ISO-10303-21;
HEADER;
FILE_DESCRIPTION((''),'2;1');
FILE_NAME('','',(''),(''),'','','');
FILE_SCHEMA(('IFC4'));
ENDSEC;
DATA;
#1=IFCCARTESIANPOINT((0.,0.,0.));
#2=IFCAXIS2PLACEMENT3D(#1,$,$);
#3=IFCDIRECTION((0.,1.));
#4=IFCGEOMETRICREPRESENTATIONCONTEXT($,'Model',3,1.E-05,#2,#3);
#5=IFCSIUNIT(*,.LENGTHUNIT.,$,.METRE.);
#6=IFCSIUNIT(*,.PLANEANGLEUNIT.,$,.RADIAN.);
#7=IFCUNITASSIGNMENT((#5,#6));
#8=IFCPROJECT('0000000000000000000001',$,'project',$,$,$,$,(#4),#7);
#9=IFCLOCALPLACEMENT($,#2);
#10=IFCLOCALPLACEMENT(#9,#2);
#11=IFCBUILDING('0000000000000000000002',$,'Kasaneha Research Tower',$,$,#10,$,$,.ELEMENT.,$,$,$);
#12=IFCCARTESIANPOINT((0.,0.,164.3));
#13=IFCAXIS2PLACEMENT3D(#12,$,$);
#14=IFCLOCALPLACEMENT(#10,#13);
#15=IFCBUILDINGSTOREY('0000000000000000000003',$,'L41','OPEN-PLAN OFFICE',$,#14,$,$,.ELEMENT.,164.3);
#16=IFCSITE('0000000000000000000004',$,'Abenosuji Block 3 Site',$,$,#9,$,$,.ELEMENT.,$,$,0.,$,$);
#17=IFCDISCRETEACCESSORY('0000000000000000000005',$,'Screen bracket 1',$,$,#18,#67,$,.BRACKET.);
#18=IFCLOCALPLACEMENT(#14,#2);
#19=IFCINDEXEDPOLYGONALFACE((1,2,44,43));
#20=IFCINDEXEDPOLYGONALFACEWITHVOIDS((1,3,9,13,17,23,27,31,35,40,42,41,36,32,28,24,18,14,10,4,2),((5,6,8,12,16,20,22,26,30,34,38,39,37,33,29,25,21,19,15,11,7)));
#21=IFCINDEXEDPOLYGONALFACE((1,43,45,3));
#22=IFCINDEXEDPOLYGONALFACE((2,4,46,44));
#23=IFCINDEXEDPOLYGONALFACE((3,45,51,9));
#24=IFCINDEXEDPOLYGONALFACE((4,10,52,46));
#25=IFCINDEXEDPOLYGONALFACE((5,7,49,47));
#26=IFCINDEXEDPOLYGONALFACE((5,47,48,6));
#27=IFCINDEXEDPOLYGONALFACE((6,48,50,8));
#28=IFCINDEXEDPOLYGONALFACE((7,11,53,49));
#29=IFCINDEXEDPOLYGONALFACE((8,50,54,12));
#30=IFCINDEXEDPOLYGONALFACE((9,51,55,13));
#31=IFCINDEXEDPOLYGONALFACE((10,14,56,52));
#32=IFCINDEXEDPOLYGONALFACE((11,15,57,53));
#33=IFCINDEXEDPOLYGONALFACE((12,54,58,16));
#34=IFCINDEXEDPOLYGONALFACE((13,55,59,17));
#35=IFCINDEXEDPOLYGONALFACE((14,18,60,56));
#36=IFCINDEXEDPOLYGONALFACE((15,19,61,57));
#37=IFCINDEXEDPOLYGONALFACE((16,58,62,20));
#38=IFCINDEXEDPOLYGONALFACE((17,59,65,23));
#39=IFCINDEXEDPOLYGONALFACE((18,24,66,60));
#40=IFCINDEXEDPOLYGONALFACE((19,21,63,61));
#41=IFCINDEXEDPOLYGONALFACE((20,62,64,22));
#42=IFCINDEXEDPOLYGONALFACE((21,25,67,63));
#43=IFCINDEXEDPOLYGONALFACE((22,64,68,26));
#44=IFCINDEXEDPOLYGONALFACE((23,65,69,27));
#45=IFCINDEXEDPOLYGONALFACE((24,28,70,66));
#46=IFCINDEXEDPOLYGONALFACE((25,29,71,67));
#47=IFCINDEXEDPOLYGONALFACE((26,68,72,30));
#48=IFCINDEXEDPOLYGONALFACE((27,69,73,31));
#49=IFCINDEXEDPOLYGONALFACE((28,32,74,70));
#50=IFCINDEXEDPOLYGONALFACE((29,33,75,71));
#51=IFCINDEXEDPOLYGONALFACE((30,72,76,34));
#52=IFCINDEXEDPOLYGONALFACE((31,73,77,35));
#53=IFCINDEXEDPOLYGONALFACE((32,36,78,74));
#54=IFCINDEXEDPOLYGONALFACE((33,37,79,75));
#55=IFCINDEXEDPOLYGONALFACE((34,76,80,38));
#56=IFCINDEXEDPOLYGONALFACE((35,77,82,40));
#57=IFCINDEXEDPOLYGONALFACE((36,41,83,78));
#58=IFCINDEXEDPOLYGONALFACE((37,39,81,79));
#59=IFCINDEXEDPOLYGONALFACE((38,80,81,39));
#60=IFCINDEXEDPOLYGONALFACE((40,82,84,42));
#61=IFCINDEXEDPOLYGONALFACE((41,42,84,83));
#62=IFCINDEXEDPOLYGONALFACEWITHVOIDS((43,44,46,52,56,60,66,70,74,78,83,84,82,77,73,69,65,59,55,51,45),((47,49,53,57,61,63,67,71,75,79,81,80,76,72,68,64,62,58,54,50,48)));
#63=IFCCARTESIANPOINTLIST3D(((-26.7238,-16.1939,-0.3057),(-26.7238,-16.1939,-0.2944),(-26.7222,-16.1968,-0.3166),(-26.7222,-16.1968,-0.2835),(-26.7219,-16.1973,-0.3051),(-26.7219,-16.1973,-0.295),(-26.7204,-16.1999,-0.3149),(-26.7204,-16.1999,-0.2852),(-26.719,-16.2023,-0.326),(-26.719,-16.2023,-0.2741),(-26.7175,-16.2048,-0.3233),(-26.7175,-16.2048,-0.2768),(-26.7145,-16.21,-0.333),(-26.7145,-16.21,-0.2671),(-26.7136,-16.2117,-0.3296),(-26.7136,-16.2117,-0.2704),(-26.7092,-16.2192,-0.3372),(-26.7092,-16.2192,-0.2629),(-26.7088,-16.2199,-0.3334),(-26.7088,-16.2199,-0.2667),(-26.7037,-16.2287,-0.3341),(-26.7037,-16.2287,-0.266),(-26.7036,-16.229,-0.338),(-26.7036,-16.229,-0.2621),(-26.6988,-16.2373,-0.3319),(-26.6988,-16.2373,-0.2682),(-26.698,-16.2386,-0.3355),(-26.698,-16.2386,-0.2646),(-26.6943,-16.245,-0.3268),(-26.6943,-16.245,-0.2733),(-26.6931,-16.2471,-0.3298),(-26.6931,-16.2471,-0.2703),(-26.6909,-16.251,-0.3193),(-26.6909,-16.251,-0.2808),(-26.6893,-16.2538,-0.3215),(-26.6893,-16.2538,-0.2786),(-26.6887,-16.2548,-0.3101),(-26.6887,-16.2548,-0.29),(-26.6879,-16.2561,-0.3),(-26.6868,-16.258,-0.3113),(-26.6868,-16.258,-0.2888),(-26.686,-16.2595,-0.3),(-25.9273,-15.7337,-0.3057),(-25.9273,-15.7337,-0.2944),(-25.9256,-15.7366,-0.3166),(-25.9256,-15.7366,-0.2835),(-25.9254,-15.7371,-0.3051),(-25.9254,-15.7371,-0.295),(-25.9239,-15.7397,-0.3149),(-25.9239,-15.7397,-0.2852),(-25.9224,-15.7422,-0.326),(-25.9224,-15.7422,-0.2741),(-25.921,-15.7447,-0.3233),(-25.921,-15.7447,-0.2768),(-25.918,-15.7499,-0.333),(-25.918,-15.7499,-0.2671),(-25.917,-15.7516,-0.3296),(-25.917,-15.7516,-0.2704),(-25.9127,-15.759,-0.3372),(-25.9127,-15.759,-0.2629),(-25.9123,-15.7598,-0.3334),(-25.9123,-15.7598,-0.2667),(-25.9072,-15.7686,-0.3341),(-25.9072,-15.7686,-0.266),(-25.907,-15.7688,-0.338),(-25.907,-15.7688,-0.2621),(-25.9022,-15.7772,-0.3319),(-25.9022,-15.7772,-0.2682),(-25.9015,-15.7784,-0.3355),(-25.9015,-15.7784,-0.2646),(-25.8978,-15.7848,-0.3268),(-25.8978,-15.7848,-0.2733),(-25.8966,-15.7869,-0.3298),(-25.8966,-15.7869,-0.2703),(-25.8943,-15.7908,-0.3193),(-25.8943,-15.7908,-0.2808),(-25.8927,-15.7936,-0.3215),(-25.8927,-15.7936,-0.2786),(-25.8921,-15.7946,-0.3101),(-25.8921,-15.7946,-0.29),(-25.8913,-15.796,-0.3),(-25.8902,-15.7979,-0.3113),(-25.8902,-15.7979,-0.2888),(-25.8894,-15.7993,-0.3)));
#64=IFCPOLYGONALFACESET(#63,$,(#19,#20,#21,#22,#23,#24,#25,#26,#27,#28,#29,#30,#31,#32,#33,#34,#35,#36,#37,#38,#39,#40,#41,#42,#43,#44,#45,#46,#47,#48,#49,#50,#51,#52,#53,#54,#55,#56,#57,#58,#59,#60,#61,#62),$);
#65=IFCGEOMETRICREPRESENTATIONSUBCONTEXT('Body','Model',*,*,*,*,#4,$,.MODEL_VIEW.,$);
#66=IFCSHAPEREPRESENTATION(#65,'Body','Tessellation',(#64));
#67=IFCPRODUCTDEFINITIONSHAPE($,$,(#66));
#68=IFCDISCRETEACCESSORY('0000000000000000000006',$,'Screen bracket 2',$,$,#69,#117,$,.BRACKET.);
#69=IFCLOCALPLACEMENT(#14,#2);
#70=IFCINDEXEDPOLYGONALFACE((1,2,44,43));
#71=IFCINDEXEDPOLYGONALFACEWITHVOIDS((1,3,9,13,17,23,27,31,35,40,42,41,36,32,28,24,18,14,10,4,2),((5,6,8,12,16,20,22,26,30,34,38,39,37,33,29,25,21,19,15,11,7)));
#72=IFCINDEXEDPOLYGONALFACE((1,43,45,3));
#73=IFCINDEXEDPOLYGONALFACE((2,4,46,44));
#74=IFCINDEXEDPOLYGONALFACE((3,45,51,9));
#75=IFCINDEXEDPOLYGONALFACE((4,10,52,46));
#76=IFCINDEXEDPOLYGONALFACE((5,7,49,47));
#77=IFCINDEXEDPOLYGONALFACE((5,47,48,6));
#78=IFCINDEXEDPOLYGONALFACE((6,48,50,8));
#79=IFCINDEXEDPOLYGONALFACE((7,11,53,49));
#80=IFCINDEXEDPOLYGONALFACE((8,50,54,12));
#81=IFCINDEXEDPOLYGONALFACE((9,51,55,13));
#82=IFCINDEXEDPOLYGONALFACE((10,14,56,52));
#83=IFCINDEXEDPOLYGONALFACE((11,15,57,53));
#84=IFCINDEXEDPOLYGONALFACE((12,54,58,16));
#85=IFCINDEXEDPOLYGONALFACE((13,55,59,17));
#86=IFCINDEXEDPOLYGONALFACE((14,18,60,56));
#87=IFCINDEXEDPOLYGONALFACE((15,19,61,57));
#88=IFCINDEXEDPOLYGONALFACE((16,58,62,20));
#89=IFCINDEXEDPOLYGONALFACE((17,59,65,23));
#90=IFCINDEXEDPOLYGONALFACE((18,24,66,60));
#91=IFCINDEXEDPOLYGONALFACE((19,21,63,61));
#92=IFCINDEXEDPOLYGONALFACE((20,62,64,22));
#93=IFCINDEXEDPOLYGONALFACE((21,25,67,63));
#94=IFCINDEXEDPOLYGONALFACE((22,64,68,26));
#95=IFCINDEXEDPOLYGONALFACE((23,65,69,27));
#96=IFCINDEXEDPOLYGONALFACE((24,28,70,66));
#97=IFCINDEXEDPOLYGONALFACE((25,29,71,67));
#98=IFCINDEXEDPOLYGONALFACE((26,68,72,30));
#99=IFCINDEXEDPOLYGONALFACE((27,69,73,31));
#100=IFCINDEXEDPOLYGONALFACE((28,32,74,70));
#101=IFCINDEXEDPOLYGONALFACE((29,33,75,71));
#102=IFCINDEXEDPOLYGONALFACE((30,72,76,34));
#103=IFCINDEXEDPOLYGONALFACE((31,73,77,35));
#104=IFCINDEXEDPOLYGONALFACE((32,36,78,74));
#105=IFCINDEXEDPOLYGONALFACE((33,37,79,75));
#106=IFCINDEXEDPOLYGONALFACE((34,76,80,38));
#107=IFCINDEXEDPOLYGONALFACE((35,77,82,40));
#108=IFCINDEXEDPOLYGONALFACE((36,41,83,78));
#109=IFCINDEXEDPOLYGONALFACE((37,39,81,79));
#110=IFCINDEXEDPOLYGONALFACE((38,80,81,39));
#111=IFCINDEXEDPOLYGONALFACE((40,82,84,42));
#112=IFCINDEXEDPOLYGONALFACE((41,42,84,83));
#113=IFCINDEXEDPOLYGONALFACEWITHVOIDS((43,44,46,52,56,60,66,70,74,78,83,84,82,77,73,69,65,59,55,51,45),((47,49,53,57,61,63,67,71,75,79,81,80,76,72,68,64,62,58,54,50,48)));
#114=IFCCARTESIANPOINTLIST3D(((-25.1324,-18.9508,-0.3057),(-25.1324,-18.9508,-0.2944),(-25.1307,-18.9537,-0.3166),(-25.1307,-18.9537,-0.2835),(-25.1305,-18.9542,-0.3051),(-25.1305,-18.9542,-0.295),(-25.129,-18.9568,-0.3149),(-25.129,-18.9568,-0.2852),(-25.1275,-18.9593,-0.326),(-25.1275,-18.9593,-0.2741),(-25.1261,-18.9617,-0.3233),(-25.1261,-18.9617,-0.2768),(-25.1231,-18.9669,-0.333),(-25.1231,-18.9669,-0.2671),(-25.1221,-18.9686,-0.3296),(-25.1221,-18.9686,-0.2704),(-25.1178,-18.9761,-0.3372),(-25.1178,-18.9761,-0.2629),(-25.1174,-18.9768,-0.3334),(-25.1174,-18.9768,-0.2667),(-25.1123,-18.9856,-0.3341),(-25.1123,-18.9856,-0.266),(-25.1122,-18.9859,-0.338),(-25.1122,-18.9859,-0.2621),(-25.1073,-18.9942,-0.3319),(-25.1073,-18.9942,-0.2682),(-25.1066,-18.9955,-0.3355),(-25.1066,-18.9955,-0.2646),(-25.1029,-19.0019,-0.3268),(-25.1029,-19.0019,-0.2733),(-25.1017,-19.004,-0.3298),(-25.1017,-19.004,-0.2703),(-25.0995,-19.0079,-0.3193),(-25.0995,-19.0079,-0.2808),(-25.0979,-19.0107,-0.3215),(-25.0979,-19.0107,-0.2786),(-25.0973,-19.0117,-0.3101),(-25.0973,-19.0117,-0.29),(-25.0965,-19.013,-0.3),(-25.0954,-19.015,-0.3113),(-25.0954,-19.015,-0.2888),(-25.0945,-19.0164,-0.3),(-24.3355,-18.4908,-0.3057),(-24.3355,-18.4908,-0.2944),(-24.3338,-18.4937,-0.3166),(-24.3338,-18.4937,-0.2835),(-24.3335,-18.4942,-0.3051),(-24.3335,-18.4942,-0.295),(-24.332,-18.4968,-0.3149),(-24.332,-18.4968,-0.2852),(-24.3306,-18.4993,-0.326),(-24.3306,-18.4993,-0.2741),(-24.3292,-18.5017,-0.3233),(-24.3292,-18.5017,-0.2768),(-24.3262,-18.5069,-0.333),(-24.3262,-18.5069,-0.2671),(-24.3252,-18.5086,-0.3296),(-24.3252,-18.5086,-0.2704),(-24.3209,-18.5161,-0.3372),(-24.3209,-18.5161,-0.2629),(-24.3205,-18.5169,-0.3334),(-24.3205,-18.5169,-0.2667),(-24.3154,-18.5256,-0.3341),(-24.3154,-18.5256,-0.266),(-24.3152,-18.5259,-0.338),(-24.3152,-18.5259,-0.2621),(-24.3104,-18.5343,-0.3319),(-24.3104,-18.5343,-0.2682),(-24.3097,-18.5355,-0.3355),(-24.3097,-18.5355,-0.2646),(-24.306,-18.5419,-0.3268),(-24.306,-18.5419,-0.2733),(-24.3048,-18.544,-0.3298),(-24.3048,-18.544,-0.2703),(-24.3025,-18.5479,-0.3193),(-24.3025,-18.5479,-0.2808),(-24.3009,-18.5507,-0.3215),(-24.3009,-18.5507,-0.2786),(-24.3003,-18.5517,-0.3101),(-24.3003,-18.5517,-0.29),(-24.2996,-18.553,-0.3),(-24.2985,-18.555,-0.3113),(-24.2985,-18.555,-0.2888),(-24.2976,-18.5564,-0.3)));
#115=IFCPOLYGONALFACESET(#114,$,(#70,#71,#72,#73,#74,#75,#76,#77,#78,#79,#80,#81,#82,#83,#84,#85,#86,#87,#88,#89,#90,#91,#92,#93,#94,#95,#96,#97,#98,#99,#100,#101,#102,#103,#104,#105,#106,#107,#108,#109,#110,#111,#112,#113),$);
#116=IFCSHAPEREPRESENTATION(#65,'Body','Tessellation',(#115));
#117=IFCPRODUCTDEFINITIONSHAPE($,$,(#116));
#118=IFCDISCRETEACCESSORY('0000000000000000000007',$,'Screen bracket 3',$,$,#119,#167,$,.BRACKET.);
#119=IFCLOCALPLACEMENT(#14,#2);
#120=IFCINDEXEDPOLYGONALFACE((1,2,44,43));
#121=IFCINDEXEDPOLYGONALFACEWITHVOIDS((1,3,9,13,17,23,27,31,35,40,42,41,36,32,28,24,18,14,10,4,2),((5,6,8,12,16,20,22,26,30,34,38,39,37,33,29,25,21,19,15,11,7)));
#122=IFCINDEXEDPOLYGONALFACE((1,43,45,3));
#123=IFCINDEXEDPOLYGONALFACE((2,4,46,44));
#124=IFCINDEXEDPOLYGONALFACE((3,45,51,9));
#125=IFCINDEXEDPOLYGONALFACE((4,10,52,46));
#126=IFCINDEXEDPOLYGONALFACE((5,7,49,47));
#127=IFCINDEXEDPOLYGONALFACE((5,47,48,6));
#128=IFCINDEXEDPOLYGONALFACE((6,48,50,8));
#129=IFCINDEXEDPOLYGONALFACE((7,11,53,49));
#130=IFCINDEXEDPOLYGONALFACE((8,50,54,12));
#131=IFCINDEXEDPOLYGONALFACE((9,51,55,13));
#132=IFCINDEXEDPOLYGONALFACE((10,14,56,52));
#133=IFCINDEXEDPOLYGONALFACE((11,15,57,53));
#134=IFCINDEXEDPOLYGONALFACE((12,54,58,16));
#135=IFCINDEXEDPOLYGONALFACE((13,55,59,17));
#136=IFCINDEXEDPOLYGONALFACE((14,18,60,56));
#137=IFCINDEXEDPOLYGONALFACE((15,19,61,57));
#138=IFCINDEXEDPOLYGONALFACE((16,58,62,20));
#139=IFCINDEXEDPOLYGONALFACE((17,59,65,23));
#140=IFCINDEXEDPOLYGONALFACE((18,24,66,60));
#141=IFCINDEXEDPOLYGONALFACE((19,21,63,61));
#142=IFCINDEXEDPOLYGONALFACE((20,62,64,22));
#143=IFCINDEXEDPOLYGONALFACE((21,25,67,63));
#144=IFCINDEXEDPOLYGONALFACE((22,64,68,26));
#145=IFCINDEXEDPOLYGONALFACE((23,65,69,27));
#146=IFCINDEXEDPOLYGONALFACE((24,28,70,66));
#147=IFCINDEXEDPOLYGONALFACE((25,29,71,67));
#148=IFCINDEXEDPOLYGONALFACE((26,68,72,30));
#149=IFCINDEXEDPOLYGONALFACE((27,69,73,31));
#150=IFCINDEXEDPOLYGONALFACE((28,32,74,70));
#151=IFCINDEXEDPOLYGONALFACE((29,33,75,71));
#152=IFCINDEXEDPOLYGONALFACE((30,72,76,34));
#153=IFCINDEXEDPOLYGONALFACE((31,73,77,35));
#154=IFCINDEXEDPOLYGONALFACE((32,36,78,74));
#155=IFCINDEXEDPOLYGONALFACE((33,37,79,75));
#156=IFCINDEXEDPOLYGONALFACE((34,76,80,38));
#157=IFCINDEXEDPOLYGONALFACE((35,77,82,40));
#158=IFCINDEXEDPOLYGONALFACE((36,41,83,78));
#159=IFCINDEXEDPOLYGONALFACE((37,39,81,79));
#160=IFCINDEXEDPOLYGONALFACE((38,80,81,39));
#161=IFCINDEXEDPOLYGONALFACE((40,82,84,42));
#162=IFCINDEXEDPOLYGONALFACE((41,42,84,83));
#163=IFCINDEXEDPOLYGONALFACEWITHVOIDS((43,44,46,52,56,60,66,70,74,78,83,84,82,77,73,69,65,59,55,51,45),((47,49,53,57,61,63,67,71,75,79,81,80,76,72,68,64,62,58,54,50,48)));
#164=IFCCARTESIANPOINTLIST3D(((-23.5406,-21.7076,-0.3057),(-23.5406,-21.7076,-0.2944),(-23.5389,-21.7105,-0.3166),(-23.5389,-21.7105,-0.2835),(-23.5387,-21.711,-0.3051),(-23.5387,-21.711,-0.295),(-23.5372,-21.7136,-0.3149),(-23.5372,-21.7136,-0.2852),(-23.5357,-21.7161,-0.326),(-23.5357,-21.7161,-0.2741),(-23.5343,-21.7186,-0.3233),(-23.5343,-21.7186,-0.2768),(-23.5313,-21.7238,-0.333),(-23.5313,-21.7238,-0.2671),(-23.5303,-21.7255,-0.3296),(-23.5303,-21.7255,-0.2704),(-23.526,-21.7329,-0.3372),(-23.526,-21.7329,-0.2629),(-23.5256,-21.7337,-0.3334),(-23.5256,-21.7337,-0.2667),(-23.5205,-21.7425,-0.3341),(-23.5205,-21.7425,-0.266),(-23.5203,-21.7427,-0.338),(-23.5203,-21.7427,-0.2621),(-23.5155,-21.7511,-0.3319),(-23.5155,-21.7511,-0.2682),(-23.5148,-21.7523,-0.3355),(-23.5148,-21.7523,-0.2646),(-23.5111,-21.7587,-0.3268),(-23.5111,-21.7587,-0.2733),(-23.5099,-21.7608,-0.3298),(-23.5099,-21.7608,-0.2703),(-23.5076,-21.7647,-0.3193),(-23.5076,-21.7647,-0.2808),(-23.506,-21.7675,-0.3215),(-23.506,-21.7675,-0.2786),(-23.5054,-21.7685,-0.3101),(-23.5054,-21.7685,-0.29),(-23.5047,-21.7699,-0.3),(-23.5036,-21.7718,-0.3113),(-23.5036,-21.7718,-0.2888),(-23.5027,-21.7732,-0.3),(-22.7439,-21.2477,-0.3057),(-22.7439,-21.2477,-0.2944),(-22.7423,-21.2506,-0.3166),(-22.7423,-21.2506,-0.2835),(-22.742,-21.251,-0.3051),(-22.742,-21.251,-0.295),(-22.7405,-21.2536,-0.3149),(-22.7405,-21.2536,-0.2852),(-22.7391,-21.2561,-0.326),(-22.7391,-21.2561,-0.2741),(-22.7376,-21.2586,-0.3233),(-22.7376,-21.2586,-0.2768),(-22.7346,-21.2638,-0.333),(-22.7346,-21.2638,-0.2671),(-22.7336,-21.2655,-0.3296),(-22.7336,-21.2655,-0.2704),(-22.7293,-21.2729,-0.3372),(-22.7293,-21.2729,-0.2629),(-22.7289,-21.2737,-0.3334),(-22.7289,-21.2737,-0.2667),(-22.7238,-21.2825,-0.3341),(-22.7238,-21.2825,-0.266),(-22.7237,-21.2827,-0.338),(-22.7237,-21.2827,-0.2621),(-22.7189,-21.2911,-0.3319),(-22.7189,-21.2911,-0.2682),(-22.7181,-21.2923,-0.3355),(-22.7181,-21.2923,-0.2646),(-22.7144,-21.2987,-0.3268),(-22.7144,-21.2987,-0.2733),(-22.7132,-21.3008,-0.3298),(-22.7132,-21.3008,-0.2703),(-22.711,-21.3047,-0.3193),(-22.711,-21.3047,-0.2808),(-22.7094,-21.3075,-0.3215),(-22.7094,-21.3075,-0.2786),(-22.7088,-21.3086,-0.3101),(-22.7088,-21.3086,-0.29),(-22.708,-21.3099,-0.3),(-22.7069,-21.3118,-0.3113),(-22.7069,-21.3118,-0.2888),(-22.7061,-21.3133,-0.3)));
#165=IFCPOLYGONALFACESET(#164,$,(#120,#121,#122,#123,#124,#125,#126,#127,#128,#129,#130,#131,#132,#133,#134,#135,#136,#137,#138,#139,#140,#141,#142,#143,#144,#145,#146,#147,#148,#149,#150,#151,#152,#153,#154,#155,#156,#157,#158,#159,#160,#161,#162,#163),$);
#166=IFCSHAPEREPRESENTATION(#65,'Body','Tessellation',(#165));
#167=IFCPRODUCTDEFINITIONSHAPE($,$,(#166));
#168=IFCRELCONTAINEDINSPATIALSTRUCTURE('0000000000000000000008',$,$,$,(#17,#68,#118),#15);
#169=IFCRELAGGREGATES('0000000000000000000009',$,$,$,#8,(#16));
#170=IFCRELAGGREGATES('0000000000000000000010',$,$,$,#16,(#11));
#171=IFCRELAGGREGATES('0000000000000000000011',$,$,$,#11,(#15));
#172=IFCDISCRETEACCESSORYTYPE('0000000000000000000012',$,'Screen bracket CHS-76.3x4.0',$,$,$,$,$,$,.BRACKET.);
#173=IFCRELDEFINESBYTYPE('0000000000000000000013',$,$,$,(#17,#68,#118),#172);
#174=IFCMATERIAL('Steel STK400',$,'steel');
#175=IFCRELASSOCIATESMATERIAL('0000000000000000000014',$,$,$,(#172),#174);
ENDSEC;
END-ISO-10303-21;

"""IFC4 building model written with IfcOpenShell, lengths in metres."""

from ifc_helpers import new_model, si_unit, direction, frame, origin, origin_2d, place, context, subcontext, project, spatial, hollow_circle, extrude, material, material_profile, profile_set, type_object, element, save


model = new_model("IFC4")

# Units and contexts
model_context = context("Model", 3, precision=1e-05, world=origin(), true_north=direction((0.0, 1.0)))
body_context = subcontext(model_context, "Body", "Model", "MODEL_VIEW")
ifc_project = project(units=[si_unit("LENGTHUNIT", "METRE"), si_unit("PLANEANGLEUNIT", "RADIAN")], contexts=[model_context])

# Site, building, storey
site_placement = place(None, origin())
site = spatial("IfcSite", under=ifc_project, at=site_placement, Name="Abenosuji Block 3 Site", CompositionType="ELEMENT", RefElevation=0.0)
building_placement = place(site_placement, origin())
building = spatial("IfcBuilding", under=site, at=building_placement, Name="Kasaneha Research Tower", CompositionType="ELEMENT")
storey_placement = place(building_placement, frame((0.0, 0.0, 164.3)))
storey = spatial("IfcBuildingStorey", under=building, at=storey_placement, Name="L41", Description="OPEN-PLAN OFFICE", CompositionType="ELEMENT", Elevation=164.3)

# Discrete accessories
ifc_material_1 = material(Name="Steel STK400", Category="steel")
ifc_material_profile_1 = material_profile(ifc_material_1, hollow_circle(Radius=0.0381, WallThickness=0.0039, at=origin_2d()), Name="CHS-76.3x4.0")
ifc_profile_set_1 = profile_set([ifc_material_profile_1], Name="Steel STK400")
discrete_accessory_type = type_object("IfcDiscreteAccessoryType", Name="Screen bracket CHS-76.3x4.0", PredefinedType="BRACKET", material=ifc_profile_set_1)
for number, where, z_axis, x_axis, name in (
    (1, (-25.9084, -15.7664, -0.3), (-0.865898, -0.50022, 0.0), (0.50022, -0.865898, 0.0), "Screen bracket 1"),
):
    element("IfcDiscreteAccessory", number, at=place(storey_placement, frame(where, z_axis=z_axis, x_axis=x_axis)), inside=storey, type_object=discrete_accessory_type, Name=name, PredefinedType="BRACKET", context=body_context, shape_type="SweptSolid", body=[
        extrude(hollow_circle(Radius=0.0381, WallThickness=0.0039, at=origin_2d()), origin(), (0.0, 0.0, 1.0), 0.9199),
    ])
discrete_accessory_1_placement = place(storey_placement, frame((-24.3167, -18.5234, -0.3), z_axis=(-0.86608, -0.499906, 0.0), x_axis=(0.499906, -0.86608, 0.0)))
element("IfcDiscreteAccessory", 2, at=discrete_accessory_1_placement, inside=storey, type_object=discrete_accessory_type, Name="Screen bracket 2", PredefinedType="BRACKET", context=body_context, shape_type="SweptSolid", body=[
    extrude(hollow_circle(Radius=0.0381, WallThickness=0.0039, at=origin_2d()), origin(), (0.0, 0.0, 1.0), 0.9202),
])
discrete_accessory_2_placement = place(storey_placement, frame((-22.7251, -21.2803, -0.3), z_axis=(-0.866013, -0.500021, 0.0), x_axis=(0.500021, -0.866013, 0.0)))
element("IfcDiscreteAccessory", 3, at=discrete_accessory_2_placement, inside=storey, type_object=discrete_accessory_type, Name="Screen bracket 3", PredefinedType="BRACKET", context=body_context, shape_type="SweptSolid", body=[
    extrude(hollow_circle(Radius=0.0381, WallThickness=0.0039, at=origin_2d()), origin(), (0.0, 0.0, 1.0), 0.9199),
])

save(model, "model.ifc")
